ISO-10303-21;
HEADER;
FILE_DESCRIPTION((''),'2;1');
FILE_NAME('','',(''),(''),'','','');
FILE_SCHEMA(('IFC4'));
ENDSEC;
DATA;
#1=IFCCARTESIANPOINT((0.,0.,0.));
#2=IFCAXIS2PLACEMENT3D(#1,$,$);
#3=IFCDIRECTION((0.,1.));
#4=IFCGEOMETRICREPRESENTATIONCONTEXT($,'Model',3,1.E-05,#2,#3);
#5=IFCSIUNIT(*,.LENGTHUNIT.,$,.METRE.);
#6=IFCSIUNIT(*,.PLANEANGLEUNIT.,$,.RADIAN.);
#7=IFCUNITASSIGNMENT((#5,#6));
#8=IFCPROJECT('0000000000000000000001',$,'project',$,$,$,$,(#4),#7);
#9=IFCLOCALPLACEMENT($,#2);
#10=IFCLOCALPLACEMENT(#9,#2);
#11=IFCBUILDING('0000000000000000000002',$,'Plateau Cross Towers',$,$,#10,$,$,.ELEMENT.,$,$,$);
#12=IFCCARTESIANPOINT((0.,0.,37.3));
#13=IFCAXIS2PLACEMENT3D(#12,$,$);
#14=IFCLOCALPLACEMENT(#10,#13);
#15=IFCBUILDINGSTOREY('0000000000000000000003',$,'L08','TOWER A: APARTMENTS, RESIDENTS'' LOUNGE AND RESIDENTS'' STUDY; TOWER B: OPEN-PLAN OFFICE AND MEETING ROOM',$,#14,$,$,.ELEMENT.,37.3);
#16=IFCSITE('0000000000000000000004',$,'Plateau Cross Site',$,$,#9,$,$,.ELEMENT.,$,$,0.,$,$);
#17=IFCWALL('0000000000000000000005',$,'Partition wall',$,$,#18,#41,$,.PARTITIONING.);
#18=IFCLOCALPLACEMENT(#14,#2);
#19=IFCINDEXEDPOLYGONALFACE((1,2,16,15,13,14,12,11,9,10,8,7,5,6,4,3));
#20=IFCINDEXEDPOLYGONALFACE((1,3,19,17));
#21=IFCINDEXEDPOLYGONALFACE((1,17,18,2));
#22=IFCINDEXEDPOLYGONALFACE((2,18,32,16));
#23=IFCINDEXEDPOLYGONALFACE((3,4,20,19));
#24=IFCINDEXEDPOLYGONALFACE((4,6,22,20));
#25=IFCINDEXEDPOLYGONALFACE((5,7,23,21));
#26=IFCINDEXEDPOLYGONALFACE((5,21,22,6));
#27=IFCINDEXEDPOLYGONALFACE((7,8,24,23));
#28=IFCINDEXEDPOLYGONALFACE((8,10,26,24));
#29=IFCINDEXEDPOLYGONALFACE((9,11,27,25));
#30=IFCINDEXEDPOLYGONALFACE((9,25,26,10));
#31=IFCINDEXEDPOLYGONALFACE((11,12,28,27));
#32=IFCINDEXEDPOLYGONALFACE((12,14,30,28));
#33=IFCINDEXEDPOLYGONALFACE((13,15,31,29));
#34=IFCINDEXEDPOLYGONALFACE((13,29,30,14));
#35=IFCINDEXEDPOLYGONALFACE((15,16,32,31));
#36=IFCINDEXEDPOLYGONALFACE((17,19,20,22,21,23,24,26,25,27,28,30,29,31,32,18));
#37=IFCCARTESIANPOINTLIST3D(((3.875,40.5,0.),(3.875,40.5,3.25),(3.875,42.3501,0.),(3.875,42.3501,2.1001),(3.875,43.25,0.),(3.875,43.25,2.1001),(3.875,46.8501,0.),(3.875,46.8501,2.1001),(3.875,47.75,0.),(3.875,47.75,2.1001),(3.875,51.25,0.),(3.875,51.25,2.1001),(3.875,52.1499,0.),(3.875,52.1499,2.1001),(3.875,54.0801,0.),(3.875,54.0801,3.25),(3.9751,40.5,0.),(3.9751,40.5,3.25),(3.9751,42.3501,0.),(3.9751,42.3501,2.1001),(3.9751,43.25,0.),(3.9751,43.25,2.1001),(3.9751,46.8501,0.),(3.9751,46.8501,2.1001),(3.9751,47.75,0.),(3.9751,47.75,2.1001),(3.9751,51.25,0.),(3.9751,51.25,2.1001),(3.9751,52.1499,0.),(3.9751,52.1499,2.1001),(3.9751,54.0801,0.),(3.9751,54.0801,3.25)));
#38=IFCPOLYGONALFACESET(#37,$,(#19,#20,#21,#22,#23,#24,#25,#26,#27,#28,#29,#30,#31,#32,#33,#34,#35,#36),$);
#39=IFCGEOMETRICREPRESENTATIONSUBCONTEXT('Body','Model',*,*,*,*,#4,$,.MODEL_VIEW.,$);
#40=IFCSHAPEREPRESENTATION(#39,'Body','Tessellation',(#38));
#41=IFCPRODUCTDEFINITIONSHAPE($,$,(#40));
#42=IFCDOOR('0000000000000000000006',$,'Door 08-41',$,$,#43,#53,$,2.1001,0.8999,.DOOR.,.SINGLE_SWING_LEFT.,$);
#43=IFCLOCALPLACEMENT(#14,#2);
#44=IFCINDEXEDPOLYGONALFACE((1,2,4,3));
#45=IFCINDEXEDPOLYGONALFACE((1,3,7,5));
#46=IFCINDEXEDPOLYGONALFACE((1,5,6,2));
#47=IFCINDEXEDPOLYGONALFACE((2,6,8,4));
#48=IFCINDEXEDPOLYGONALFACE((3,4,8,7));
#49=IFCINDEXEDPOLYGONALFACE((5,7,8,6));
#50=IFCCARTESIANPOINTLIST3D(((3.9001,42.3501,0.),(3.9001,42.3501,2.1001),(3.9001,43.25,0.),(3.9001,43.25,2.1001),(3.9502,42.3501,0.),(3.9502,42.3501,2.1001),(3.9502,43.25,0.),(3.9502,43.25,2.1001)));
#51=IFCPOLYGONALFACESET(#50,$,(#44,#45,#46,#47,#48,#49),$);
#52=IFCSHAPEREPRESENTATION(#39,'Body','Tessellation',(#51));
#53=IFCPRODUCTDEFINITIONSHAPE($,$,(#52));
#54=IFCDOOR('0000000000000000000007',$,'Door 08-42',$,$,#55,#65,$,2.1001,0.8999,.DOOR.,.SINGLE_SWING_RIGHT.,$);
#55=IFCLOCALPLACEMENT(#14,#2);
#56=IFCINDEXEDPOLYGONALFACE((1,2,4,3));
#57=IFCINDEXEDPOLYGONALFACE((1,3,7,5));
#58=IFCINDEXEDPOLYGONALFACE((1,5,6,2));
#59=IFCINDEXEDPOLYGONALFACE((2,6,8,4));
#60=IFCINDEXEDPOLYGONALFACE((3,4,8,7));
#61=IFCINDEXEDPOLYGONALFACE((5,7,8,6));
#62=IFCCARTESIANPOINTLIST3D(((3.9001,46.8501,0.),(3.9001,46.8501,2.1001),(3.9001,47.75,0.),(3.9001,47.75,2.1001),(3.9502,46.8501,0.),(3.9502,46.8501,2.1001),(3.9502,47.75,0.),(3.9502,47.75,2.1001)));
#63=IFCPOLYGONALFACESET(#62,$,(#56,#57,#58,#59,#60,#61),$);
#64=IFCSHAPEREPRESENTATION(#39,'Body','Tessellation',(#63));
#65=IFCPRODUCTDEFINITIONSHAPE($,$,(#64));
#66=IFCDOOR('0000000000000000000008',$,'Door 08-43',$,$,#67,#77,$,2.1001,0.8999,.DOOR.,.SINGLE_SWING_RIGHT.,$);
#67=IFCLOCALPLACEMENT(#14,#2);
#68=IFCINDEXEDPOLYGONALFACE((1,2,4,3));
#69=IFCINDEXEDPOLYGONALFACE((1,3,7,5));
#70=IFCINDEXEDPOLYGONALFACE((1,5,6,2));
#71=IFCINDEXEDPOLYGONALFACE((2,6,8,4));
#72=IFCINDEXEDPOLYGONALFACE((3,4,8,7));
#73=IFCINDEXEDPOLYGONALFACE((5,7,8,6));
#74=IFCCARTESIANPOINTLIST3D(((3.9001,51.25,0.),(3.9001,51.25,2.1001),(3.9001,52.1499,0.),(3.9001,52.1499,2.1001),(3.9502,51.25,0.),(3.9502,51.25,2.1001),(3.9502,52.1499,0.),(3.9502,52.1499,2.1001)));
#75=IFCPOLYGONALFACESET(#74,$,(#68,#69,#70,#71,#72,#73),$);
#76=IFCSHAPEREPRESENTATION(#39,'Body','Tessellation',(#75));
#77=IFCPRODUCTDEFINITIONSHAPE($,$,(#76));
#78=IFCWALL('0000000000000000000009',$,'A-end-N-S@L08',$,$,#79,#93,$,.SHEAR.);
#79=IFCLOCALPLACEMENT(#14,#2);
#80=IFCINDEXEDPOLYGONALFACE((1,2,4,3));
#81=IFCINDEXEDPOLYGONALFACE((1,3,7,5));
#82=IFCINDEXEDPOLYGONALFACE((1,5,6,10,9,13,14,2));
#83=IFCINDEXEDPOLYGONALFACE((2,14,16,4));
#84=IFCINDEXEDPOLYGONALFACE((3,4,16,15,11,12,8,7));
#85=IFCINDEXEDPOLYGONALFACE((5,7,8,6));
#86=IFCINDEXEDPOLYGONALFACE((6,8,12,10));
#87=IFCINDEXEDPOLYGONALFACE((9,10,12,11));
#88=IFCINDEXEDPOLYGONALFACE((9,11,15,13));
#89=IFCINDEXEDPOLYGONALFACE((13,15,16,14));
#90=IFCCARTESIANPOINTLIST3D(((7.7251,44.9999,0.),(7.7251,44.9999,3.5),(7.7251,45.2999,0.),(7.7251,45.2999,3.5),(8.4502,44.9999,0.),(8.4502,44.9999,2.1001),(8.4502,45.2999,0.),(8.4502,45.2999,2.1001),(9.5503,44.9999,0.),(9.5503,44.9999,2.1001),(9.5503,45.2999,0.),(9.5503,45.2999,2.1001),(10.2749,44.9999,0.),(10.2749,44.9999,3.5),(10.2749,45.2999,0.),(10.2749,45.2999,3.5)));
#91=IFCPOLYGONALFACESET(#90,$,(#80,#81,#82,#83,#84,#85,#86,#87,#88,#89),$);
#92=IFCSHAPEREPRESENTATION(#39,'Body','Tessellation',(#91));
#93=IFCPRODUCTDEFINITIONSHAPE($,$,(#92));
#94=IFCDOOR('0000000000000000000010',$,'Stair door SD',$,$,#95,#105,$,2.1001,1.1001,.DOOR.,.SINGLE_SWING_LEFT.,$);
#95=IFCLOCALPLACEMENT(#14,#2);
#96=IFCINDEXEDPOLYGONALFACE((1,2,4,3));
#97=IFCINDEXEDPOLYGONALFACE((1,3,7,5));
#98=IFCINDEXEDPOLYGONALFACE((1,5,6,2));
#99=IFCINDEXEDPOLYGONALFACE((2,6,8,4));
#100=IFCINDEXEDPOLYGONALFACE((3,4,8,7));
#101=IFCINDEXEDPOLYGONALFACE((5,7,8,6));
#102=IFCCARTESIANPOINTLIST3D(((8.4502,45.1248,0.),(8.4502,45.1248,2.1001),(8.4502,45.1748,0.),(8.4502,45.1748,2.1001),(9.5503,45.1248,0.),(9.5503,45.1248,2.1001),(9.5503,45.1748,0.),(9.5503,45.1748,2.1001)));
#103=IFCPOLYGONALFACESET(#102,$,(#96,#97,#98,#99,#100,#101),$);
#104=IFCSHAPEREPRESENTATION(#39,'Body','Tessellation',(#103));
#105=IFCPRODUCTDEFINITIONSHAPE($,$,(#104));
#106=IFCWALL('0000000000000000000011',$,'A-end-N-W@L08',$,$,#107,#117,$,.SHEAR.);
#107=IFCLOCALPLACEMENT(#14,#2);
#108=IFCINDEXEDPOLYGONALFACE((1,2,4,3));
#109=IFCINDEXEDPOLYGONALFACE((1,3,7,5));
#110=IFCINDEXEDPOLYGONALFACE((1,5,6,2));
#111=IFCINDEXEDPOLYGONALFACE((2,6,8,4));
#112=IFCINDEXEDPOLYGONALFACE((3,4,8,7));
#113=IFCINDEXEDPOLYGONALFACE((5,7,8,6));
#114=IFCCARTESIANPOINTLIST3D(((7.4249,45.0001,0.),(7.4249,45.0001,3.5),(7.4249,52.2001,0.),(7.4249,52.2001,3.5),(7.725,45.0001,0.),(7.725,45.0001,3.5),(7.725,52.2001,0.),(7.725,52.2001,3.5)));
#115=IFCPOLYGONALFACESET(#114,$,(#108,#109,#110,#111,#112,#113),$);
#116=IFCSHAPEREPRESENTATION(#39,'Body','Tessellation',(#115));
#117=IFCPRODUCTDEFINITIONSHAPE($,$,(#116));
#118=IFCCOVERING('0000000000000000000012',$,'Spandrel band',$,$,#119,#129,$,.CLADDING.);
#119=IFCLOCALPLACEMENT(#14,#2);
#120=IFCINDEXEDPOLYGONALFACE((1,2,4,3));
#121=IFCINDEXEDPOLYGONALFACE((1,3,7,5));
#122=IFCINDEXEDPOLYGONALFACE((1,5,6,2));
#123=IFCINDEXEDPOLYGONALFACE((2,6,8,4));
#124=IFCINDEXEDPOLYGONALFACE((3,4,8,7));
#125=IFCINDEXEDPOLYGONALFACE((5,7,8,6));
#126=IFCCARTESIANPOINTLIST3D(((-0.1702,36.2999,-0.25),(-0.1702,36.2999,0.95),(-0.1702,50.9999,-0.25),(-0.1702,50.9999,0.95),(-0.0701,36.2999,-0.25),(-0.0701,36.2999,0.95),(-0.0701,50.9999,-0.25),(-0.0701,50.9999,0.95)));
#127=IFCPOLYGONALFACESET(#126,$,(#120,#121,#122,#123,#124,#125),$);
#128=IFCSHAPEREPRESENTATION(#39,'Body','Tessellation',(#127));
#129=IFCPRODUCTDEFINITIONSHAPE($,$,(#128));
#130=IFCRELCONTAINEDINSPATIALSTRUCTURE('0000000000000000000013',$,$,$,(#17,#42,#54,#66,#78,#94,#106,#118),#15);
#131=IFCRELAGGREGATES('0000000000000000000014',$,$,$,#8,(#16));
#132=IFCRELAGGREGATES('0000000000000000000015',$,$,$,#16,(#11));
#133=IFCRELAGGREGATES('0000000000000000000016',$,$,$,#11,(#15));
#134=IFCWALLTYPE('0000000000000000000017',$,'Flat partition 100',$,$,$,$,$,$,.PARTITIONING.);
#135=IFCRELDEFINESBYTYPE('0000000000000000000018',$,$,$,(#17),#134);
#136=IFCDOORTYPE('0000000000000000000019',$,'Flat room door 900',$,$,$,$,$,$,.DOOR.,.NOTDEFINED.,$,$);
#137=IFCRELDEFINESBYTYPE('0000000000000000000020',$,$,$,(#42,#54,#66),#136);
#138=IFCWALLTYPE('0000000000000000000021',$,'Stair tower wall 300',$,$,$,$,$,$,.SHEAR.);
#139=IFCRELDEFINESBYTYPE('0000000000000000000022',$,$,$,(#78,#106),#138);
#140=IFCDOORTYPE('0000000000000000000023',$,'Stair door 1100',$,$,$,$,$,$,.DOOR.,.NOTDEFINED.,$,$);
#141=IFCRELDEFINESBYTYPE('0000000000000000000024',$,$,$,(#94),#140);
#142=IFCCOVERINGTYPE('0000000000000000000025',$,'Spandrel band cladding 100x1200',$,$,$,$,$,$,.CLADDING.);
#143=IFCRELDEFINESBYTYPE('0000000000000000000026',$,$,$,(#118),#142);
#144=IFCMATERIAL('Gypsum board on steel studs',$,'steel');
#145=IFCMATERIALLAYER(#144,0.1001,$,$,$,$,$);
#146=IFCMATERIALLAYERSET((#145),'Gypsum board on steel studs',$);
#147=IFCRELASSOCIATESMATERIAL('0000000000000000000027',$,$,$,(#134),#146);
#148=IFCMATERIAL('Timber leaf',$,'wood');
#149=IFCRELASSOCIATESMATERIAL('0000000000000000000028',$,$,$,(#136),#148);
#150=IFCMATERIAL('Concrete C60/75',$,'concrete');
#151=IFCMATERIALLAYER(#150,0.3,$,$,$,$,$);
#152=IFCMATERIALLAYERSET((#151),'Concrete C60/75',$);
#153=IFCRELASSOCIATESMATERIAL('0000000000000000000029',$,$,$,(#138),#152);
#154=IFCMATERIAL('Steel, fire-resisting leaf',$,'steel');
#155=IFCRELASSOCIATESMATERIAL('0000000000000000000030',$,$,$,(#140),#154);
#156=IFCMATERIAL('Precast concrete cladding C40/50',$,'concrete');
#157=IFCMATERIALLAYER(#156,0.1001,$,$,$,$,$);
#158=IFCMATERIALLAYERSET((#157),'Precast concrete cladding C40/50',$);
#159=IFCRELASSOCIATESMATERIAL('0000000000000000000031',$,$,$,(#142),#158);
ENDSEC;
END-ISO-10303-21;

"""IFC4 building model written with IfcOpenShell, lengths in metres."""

from ifc_helpers import new_model, si_unit, direction, frame, frame_2d, origin, origin_2d, place, context, subcontext, project, spatial, rectangle, extrude, material, layer, layer_set, type_object, element, fill, save


model = new_model("IFC4")

# Units and contexts
model_context = context("Model", 3, precision=1e-05, world=origin(), true_north=direction((0.0, 1.0)))
body_context = subcontext(model_context, "Body", "Model", "MODEL_VIEW")
ifc_project = project(units=[si_unit("LENGTHUNIT", "METRE"), si_unit("PLANEANGLEUNIT", "RADIAN")], contexts=[model_context])

# Site, building, storey
site_placement = place(None, origin())
site = spatial("IfcSite", under=ifc_project, at=site_placement, Name="Plateau Cross Site", CompositionType="ELEMENT", RefElevation=0.0)
building_placement = place(site_placement, origin())
building = spatial("IfcBuilding", under=site, at=building_placement, Name="Plateau Cross Towers", CompositionType="ELEMENT")
storey_placement = place(building_placement, frame((0.0, 0.0, 37.3)))
storey = spatial("IfcBuildingStorey", under=building, at=storey_placement, Name="L08", Description="TOWER A: APARTMENTS, RESIDENTS' LOUNGE AND RESIDENTS' STUDY; TOWER B: OPEN-PLAN OFFICE AND MEETING ROOM", CompositionType="ELEMENT", Elevation=37.3)

# Shared definitions
ifc_material_1 = material(Name="Gypsum board on steel studs", Category="steel")
ifc_layer_1 = layer(ifc_material_1, 0.1001)
ifc_layer_set_1 = layer_set([ifc_layer_1], Name="Gypsum board on steel studs")
wall_type_1 = type_object("IfcWallType", Name="Flat partition 100", PredefinedType="PARTITIONING", material=ifc_layer_set_1)

# Shared definitions
ifc_material_2 = material(Name="Timber leaf", Category="wood")
door_type_1 = type_object("IfcDoorType", Name="Flat room door 900", OperationType="NOTDEFINED", PredefinedType="DOOR", material=ifc_material_2)

# Wall, openings, doors
wall_1_placement = place(storey_placement, frame((3.925, 40.5, 0.0), z_axis=(0.0, 0.0, 1.0), x_axis=(0.0, 1.0, 0.0)))
wall_1 = element("IfcWall", 1, at=wall_1_placement, inside=storey, type_object=wall_type_1, Name="Partition wall", PredefinedType="PARTITIONING", context=body_context, shape_type="SweptSolid", body=[
    extrude(rectangle(XDim=13.5801, YDim=0.1001, at=frame_2d((6.79, 0.0))), origin(), (0.0, 0.0, 1.0), 3.25),
])
opening_1_placement = place(wall_1_placement, frame((1.8501, 0.0, 0.0)))
opening_1 = element("IfcOpeningElement", 2, at=opening_1_placement, cuts=wall_1, PredefinedType="OPENING", context=body_context, shape_type="SweptSolid", body=[
    extrude(rectangle(XDim=0.8999, YDim=2.1001, at=frame_2d((0.45, 1.05))), frame((0.0, 0.0601, 0.0), z_axis=(0.0, -1.0, 0.0), x_axis=(1.0, 0.0, 0.0)), (0.0, 0.0, 1.0), 0.1201),
])
opening_2_placement = place(wall_1_placement, frame((6.3501, 0.0, 0.0)))
opening_2 = element("IfcOpeningElement", 3, at=opening_2_placement, cuts=wall_1, PredefinedType="OPENING", context=body_context, shape_type="SweptSolid", body=[
    extrude(rectangle(XDim=0.8999, YDim=2.1001, at=frame_2d((0.45, 1.05))), frame((0.0, 0.0601, 0.0), z_axis=(0.0, -1.0, 0.0), x_axis=(1.0, 0.0, 0.0)), (0.0, 0.0, 1.0), 0.1201),
])
opening_3_placement = place(wall_1_placement, frame((10.75, 0.0, 0.0)))
opening_3 = element("IfcOpeningElement", 4, at=opening_3_placement, cuts=wall_1, PredefinedType="OPENING", context=body_context, shape_type="SweptSolid", body=[
    extrude(rectangle(XDim=0.8999, YDim=2.1001, at=frame_2d((0.45, 1.05))), frame((0.0, 0.0601, 0.0), z_axis=(0.0, -1.0, 0.0), x_axis=(1.0, 0.0, 0.0)), (0.0, 0.0, 1.0), 0.1201),
])
door_1_placement = place(opening_1_placement, origin())
door_1 = element("IfcDoor", 5, at=door_1_placement, inside=storey, type_object=door_type_1, Name="Door 08-41", OperationType="SINGLE_SWING_LEFT", OverallHeight=2.1001, OverallWidth=0.8999, PredefinedType="DOOR", context=body_context, shape_type="SweptSolid", body=[
    extrude(rectangle(XDim=0.8999, YDim=2.1001, at=frame_2d((0.45, 1.05))), frame((0.0, 0.0249, 0.0), z_axis=(0.0, -1.0, 0.0), x_axis=(1.0, 0.0, 0.0)), (0.0, 0.0, 1.0), 0.05),
])
fill(opening_1, door_1)
door_2_placement = place(opening_2_placement, origin())
door_2 = element("IfcDoor", 6, at=door_2_placement, inside=storey, type_object=door_type_1, Name="Door 08-42", OperationType="SINGLE_SWING_RIGHT", OverallHeight=2.1001, OverallWidth=0.8999, PredefinedType="DOOR", context=body_context, shape_type="SweptSolid", body=[
    extrude(rectangle(XDim=0.8999, YDim=2.1001, at=frame_2d((0.45, 1.05))), frame((0.0, 0.0249, 0.0), z_axis=(0.0, -1.0, 0.0), x_axis=(1.0, 0.0, 0.0)), (0.0, 0.0, 1.0), 0.05),
])
fill(opening_2, door_2)
door_3_placement = place(opening_3_placement, origin())
door_3 = element("IfcDoor", 7, at=door_3_placement, inside=storey, type_object=door_type_1, Name="Door 08-43", OperationType="SINGLE_SWING_RIGHT", OverallHeight=2.1001, OverallWidth=0.8999, PredefinedType="DOOR", context=body_context, shape_type="SweptSolid", body=[
    extrude(rectangle(XDim=0.8999, YDim=2.1001, at=frame_2d((0.45, 1.05))), frame((0.0, 0.0249, 0.0), z_axis=(0.0, -1.0, 0.0), x_axis=(1.0, 0.0, 0.0)), (0.0, 0.0, 1.0), 0.05),
])
fill(opening_3, door_3)

# Wall, opening, door
ifc_material_3 = material(Name="Concrete C60/75", Category="concrete")
ifc_layer_2 = layer(ifc_material_3, 0.3)
ifc_layer_set_2 = layer_set([ifc_layer_2], Name="Concrete C60/75")
wall_type_2 = type_object("IfcWallType", Name="Stair tower wall 300", PredefinedType="SHEAR", material=ifc_layer_set_2)
wall_2_placement = place(storey_placement, frame((7.7251, 45.1499, 0.0), z_axis=(0.0, 0.0, 1.0), x_axis=(1.0, 0.0, 0.0)))
wall_2 = element("IfcWall", 8, at=wall_2_placement, inside=storey, type_object=wall_type_2, Name="A-end-N-S@L08", PredefinedType="SHEAR", context=body_context, shape_type="SweptSolid", body=[
    extrude(rectangle(XDim=2.5498, YDim=0.3, at=frame_2d((1.2749, 0.0))), origin(), (0.0, 0.0, 1.0), 3.5),
])
opening_4_placement = place(wall_2_placement, frame((0.7251, 0.0, 0.0)))
opening_4 = element("IfcOpeningElement", 9, at=opening_4_placement, cuts=wall_2, PredefinedType="OPENING", context=body_context, shape_type="SweptSolid", body=[
    extrude(rectangle(XDim=1.1001, YDim=2.1001, at=frame_2d((0.55, 1.05))), frame((0.0, 0.1599, 0.0), z_axis=(0.0, -1.0, 0.0), x_axis=(1.0, 0.0, 0.0)), (0.0, 0.0, 1.0), 0.3201),
])
ifc_material_4 = material(Name="Steel, fire-resisting leaf", Category="steel")
door_type_2 = type_object("IfcDoorType", Name="Stair door 1100", OperationType="NOTDEFINED", PredefinedType="DOOR", material=ifc_material_4)
door_4_placement = place(opening_4_placement, origin())
door_4 = element("IfcDoor", 10, at=door_4_placement, inside=storey, type_object=door_type_2, Name="Stair door SD", OperationType="SINGLE_SWING_LEFT", OverallHeight=2.1001, OverallWidth=1.1001, PredefinedType="DOOR", context=body_context, shape_type="SweptSolid", body=[
    extrude(rectangle(XDim=1.1001, YDim=2.1001, at=frame_2d((0.55, 1.05))), frame((0.0, 0.0249, 0.0), z_axis=(0.0, -1.0, 0.0), x_axis=(1.0, 0.0, 0.0)), (0.0, 0.0, 1.0), 0.05),
])
fill(opening_4, door_4)

# Wall
wall_3_placement = place(storey_placement, frame((7.575, 45.0, 0.0), z_axis=(0.0, 0.0, 1.0), x_axis=(0.0, 1.0, 0.0)))
element("IfcWall", 11, at=wall_3_placement, inside=storey, type_object=wall_type_2, Name="A-end-N-W@L08", PredefinedType="SHEAR", context=body_context, shape_type="SweptSolid", body=[
    extrude(rectangle(XDim=7.2, YDim=0.3, at=frame_2d((3.6001, 0.0))), origin(), (0.0, 0.0, 1.0), 3.5),
])

# Covering
ifc_material_5 = material(Name="Precast concrete cladding C40/50", Category="concrete")
ifc_layer_3 = layer(ifc_material_5, 0.1001)
ifc_layer_set_3 = layer_set([ifc_layer_3], Name="Precast concrete cladding C40/50")
covering_type = type_object("IfcCoveringType", Name="Spandrel band cladding 100x1200", PredefinedType="CLADDING", material=ifc_layer_set_3)
covering_placement = place(storey_placement, frame((-0.1201, 43.6499, -0.25), z_axis=(0.0, 0.0, 1.0), x_axis=(0.0, -1.0, 0.0)))
element("IfcCovering", 12, at=covering_placement, inside=storey, type_object=covering_type, Name="Spandrel band", PredefinedType="CLADDING", context=body_context, shape_type="SweptSolid", body=[
    extrude(rectangle(XDim=14.7, YDim=0.1001, at=origin_2d()), origin(), (0.0, 0.0, 1.0), 1.2),
])

save(model, "model.ifc")
